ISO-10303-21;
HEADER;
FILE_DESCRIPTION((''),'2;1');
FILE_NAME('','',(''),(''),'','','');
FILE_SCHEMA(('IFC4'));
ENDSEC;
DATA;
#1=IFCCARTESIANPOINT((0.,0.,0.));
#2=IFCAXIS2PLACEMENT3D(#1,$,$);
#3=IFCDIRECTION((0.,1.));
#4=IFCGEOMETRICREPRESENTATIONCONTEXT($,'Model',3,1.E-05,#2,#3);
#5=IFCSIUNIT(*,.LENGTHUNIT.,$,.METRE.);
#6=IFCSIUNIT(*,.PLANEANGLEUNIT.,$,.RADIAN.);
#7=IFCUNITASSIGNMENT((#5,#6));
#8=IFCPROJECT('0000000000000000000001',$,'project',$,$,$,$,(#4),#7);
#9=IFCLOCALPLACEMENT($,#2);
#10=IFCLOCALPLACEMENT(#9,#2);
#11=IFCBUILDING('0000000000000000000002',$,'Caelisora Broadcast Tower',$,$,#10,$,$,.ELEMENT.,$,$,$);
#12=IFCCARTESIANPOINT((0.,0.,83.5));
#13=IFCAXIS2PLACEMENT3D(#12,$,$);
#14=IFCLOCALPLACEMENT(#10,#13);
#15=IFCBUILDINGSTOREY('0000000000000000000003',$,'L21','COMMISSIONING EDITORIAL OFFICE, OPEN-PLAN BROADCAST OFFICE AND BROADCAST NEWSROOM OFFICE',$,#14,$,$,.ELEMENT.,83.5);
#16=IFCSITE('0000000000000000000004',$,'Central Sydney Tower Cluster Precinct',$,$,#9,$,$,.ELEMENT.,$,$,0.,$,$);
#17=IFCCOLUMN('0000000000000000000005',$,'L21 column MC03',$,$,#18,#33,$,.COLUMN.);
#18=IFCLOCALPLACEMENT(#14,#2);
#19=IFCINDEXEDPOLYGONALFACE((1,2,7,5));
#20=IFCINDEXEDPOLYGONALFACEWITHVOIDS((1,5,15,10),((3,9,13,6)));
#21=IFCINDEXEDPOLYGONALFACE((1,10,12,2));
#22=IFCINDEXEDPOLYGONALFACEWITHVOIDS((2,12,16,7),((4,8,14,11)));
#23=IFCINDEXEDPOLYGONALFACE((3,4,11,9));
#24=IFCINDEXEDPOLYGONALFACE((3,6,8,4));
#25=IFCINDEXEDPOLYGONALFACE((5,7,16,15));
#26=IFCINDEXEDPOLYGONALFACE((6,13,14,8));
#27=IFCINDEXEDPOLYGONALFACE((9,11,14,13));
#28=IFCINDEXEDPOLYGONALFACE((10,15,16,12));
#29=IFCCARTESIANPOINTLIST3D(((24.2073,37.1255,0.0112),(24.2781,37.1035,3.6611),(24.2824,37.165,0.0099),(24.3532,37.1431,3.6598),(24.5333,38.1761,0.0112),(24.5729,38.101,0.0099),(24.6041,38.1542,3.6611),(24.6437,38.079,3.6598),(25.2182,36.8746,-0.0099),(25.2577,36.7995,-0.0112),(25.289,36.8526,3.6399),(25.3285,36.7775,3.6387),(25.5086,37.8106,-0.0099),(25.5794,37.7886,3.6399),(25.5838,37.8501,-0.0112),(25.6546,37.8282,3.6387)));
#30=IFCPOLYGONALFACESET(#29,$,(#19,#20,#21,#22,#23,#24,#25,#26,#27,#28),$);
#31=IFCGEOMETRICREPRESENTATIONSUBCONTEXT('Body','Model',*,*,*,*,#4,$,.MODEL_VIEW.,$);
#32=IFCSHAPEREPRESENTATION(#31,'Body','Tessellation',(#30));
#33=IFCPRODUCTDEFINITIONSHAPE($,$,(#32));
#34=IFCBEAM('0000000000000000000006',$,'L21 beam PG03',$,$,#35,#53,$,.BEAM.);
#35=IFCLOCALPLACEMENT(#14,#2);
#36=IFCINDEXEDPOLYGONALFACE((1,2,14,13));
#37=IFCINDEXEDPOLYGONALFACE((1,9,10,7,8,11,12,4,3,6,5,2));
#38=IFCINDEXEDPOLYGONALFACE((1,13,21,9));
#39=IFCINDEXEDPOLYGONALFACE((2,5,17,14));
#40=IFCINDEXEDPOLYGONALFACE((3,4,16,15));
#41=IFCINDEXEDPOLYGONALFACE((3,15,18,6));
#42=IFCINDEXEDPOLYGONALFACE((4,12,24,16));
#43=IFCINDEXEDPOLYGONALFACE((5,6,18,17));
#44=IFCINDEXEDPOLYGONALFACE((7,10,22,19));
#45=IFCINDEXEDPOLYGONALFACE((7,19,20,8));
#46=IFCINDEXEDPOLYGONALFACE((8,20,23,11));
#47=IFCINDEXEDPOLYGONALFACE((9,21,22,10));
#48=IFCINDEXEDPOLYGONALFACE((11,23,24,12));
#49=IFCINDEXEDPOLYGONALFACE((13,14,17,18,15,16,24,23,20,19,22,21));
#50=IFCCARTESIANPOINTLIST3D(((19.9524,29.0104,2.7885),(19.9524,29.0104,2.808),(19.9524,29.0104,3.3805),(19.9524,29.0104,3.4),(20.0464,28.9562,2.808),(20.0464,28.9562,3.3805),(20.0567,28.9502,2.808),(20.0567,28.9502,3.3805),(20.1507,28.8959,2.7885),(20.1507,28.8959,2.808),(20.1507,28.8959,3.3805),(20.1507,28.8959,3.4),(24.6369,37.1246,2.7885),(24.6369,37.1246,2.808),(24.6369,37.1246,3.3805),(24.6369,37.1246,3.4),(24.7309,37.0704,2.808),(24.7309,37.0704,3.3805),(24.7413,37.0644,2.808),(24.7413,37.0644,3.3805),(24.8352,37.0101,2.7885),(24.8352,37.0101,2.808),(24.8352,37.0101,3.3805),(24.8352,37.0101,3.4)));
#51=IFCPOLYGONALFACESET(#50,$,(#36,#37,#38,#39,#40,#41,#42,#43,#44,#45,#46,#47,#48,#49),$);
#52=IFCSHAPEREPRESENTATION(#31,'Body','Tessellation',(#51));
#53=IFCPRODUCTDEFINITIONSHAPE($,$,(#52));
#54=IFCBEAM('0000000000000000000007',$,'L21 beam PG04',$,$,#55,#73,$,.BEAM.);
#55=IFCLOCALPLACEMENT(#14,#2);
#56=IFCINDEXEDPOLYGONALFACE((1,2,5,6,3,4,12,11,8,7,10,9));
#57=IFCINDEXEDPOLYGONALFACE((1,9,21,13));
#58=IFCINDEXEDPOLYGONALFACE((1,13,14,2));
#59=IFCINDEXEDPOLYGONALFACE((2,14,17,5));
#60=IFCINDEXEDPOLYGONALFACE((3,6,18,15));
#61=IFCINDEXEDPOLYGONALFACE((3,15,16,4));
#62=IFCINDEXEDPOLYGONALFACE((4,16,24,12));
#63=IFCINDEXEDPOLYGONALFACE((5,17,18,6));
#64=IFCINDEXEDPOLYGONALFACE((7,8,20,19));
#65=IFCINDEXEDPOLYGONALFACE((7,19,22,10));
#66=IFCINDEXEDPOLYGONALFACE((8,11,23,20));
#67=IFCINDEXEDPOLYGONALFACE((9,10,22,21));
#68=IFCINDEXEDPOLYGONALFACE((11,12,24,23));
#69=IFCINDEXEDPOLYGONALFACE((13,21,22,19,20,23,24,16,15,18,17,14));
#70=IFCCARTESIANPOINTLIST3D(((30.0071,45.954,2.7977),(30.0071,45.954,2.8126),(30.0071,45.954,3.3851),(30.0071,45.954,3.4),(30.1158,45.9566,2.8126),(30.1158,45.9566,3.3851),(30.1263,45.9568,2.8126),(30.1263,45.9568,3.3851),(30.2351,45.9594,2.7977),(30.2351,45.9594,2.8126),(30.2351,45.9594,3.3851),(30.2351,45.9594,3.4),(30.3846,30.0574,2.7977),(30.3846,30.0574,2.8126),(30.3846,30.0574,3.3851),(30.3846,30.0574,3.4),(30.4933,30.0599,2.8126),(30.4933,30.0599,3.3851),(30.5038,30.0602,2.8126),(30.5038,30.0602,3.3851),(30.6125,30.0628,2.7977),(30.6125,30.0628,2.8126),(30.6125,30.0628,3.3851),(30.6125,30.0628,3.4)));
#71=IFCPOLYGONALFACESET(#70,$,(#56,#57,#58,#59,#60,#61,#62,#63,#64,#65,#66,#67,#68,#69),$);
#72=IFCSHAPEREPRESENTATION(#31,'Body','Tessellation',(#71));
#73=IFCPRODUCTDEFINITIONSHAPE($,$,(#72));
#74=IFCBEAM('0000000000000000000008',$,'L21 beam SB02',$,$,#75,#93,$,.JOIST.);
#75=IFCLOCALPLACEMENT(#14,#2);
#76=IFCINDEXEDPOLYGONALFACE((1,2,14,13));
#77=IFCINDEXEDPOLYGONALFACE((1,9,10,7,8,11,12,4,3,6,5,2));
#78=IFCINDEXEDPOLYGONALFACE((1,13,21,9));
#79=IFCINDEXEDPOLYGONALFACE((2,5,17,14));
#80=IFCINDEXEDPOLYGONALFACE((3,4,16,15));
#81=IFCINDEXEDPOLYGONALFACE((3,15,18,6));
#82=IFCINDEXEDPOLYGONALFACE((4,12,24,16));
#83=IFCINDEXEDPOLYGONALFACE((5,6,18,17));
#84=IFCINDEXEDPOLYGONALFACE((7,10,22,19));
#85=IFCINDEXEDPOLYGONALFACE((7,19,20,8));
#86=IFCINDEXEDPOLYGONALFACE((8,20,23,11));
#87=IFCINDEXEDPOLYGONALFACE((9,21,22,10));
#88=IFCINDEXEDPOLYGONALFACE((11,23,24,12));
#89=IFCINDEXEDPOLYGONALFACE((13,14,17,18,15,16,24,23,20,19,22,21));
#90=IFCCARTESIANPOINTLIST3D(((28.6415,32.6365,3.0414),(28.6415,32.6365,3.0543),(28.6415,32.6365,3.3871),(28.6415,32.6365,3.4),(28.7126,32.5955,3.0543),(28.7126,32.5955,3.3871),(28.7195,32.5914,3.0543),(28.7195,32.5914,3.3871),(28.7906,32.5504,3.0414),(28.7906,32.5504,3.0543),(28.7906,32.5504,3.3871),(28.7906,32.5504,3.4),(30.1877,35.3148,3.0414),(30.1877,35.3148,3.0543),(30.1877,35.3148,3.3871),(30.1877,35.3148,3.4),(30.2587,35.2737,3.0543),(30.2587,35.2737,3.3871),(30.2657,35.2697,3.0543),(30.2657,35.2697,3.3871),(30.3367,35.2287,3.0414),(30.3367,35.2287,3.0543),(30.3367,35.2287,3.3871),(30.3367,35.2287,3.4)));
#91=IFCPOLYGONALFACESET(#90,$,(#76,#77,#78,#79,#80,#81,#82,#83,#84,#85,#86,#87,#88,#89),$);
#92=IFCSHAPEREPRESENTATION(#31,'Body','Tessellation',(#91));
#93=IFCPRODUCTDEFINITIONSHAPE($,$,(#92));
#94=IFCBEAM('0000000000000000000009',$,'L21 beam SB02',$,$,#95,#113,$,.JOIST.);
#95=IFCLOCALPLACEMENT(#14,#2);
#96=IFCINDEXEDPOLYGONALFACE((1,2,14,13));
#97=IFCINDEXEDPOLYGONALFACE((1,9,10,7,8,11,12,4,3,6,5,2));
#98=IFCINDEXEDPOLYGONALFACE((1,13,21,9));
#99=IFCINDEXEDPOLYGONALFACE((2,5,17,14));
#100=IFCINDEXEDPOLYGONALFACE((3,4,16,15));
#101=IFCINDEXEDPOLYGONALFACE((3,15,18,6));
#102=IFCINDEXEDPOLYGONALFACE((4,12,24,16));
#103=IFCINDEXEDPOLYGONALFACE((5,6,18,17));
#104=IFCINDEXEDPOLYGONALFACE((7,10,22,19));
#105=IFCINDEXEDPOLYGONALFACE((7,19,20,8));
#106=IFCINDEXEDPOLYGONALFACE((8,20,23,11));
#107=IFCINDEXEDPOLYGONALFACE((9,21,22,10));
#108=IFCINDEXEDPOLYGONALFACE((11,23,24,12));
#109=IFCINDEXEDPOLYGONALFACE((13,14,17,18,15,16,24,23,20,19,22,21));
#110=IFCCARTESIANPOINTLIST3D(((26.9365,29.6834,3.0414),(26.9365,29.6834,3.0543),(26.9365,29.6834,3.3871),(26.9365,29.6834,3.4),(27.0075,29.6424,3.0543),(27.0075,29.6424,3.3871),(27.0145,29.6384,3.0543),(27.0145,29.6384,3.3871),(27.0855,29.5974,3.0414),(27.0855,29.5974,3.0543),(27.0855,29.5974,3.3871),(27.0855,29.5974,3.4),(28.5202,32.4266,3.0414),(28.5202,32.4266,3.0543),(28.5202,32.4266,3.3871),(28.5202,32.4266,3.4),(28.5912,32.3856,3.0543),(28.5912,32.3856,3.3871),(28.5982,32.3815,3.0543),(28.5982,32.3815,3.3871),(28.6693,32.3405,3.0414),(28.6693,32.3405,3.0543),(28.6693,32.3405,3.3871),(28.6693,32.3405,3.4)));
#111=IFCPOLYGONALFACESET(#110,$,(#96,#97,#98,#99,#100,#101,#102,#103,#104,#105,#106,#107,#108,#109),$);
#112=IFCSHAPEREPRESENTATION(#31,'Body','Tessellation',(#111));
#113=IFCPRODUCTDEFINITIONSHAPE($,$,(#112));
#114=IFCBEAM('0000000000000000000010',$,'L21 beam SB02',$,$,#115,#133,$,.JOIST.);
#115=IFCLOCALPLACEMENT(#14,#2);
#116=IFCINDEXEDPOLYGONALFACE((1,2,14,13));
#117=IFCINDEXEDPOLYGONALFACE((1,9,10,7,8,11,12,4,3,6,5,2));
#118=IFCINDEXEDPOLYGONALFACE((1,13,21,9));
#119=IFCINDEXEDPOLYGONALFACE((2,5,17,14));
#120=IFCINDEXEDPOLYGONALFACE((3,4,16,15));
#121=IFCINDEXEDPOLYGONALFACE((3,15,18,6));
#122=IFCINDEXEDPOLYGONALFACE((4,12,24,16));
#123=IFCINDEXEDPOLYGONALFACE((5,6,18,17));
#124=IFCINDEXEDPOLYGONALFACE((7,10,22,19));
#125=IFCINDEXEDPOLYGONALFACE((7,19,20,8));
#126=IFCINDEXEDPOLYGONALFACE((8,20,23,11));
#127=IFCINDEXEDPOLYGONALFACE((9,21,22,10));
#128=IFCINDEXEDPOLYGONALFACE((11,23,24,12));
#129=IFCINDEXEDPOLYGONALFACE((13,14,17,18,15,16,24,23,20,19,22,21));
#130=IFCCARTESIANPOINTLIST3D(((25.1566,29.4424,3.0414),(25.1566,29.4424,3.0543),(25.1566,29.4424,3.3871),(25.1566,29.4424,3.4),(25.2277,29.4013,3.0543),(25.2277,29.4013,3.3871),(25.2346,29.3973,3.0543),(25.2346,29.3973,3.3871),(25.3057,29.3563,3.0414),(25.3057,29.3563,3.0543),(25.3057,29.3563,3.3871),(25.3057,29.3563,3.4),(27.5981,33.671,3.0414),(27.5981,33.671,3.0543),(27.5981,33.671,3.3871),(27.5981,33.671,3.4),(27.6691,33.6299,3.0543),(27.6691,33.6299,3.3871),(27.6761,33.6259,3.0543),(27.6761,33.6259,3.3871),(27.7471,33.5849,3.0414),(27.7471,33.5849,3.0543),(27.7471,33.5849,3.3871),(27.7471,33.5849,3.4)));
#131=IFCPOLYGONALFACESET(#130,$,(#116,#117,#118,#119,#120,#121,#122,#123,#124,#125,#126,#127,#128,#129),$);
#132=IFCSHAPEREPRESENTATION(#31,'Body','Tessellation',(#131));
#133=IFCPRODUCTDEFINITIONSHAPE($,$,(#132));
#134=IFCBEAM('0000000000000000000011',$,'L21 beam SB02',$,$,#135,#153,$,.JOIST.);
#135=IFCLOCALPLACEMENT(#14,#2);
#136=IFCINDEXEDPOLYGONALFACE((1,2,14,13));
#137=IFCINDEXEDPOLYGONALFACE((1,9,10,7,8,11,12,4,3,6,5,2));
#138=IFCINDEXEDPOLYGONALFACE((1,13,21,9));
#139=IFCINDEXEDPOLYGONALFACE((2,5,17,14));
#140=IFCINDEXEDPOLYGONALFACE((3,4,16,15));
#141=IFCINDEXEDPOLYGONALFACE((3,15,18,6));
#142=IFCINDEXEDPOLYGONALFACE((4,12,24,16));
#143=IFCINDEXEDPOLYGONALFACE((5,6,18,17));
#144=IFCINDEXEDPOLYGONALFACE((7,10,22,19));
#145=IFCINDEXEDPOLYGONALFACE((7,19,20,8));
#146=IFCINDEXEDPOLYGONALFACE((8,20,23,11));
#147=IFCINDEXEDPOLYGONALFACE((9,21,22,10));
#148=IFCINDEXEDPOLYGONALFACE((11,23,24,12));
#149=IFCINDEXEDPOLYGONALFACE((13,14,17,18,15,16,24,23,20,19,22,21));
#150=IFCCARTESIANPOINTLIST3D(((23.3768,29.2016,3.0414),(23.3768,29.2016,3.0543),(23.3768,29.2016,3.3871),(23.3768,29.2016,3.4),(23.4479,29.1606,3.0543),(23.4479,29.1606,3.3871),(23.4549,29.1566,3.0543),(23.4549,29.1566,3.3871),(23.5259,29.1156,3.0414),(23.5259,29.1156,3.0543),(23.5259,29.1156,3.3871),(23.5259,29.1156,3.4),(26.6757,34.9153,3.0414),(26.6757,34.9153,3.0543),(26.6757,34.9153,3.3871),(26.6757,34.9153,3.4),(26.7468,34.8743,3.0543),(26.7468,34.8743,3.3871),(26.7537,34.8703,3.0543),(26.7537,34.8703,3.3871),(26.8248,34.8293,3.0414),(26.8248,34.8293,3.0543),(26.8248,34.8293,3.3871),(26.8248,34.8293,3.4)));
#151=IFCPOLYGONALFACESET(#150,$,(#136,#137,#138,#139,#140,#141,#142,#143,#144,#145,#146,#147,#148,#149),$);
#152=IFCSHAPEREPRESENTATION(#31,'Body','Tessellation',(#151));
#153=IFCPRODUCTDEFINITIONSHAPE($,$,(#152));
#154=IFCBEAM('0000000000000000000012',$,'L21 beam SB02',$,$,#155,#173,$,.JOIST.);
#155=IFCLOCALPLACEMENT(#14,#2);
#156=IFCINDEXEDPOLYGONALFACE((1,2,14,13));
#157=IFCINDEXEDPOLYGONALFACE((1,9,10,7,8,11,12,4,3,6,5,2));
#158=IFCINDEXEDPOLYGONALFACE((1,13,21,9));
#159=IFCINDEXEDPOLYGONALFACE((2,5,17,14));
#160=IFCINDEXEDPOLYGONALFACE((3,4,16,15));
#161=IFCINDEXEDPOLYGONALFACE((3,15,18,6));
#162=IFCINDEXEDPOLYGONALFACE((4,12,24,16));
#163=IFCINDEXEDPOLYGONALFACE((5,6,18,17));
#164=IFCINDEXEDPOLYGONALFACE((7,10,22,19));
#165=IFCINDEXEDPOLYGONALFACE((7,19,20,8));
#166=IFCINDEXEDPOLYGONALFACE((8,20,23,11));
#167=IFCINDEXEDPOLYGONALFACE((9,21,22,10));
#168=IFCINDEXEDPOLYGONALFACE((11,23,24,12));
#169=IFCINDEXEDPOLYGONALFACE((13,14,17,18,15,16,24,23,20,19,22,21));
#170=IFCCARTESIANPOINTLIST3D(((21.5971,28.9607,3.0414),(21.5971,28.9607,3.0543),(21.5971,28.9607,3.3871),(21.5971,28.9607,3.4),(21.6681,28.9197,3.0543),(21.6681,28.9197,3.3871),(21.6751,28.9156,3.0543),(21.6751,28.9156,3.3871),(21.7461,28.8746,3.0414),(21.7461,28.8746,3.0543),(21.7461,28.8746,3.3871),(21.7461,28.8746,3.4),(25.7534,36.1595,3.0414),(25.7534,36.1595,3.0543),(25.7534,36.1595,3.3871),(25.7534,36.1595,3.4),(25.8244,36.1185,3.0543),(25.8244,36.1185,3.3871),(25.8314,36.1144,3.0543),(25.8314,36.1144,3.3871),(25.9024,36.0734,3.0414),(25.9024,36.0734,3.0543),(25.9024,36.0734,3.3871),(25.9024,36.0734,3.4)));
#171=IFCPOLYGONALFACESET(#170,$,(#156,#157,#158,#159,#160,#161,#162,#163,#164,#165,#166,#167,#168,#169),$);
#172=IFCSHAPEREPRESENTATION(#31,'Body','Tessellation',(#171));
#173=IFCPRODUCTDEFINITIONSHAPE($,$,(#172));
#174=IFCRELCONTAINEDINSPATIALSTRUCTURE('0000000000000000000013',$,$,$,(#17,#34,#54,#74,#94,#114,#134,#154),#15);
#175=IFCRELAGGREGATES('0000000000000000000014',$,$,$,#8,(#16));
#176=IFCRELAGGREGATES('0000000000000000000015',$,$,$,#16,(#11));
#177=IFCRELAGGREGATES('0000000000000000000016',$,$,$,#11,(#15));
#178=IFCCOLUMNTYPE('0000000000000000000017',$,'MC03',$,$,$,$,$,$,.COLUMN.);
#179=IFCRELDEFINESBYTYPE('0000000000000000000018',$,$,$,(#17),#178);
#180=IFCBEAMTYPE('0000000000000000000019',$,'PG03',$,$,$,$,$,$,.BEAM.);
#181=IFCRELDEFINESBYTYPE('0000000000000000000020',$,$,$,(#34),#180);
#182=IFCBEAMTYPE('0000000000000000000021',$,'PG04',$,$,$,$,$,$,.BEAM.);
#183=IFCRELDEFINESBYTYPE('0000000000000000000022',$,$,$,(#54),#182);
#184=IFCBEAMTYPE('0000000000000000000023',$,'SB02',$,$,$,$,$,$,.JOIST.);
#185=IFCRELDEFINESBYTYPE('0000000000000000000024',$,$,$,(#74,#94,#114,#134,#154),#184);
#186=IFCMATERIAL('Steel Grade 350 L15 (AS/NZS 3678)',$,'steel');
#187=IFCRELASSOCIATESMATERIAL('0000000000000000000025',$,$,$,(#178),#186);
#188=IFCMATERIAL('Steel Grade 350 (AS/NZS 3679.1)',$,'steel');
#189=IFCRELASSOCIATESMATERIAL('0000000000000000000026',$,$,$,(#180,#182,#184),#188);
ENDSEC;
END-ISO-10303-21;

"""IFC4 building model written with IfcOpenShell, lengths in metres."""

from ifc_helpers import new_model, si_unit, direction, frame, origin, origin_2d, place, context, subcontext, project, spatial, hollow_rectangle, i_section, extrude, source, transform, mapped, material, material_profile, profile_set, type_object, type_shapes, element, save


model = new_model("IFC4")

# Units and contexts
model_context = context("Model", 3, precision=1e-05, world=origin(), true_north=direction((0.0, 1.0)))
body_context = subcontext(model_context, "Body", "Model", "MODEL_VIEW")
ifc_project = project(units=[si_unit("LENGTHUNIT", "METRE"), si_unit("PLANEANGLEUNIT", "RADIAN")], contexts=[model_context])

# Site, building, storey
site_placement = place(None, origin())
site = spatial("IfcSite", under=ifc_project, at=site_placement, Name="Central Sydney Tower Cluster Precinct", CompositionType="ELEMENT", RefElevation=0.0)
building_placement = place(site_placement, origin())
building = spatial("IfcBuilding", under=site, at=building_placement, Name="Caelisora Broadcast Tower", CompositionType="ELEMENT")
storey_placement = place(building_placement, frame((0.0, 0.0, 83.5)))
storey = spatial("IfcBuildingStorey", under=building, at=storey_placement, Name="L21", Description="COMMISSIONING EDITORIAL OFFICE, OPEN-PLAN BROADCAST OFFICE AND BROADCAST NEWSROOM OFFICE", CompositionType="ELEMENT", Elevation=83.5)

# Column
ifc_material_1 = material(Name="Steel Grade 350 L15 (AS/NZS 3678)", Category="steel")
ifc_material_profile_1 = material_profile(ifc_material_1, hollow_rectangle(XDim=1.1001, YDim=1.1001, WallThickness=0.0601, at=origin_2d()), Name="Steel Grade 350 L15 (AS/NZS 3678)")
ifc_profile_set_1 = profile_set([ifc_material_profile_1], Name="Steel Grade 350 L15 (AS/NZS 3678)")
column_type = type_object("IfcColumnType", Name="MC03", PredefinedType="COLUMN", material=ifc_profile_set_1)
shared_shape_1 = source(origin(), body_context, "Body", "SweptSolid", [
    extrude(hollow_rectangle(XDim=1.1001, YDim=1.1001, WallThickness=0.0601, at=origin_2d()), origin(), (0.0, 0.0, 1.0), 3.6506),
])
type_shapes(column_type, [shared_shape_1])
column_placement = place(storey_placement, frame((24.8955, 37.4878, 0.0), z_axis=(0.019394, -0.006019, 0.999794), x_axis=(0.296399, 0.955064, 0.0)))
element("IfcColumn", 1, at=column_placement, inside=storey, type_object=column_type, Name="L21 column MC03", PredefinedType="COLUMN", context=body_context, shape_type="MappedRepresentation", body=[
    mapped(shared_shape_1, transform((0.0, 0.0, 0.0), scale=1.0)),
])

# Beams
ifc_material_2 = material(Name="Steel Grade 350 (AS/NZS 3679.1)", Category="steel")
ifc_material_profile_2 = material_profile(ifc_material_2, i_section(OverallWidth=0.229, OverallDepth=0.6116, WebThickness=0.012, FlangeThickness=0.0195, at=origin_2d()), Name="Steel Grade 350 (AS/NZS 3679.1)")
ifc_profile_set_2 = profile_set([ifc_material_profile_2], Name="Steel Grade 350 (AS/NZS 3679.1)")
beam_type_1 = type_object("IfcBeamType", Name="PG03", PredefinedType="BEAM", material=ifc_profile_set_2)
shared_shape_2 = source(origin(), body_context, "Body", "SweptSolid", [
    extrude(i_section(OverallWidth=0.229, OverallDepth=0.6116, WebThickness=0.012, FlangeThickness=0.0195, at=origin_2d()), origin(), (0.0, 0.0, 1.0), 9.3694),
])
type_shapes(beam_type_1, [shared_shape_2])
beam_1_placement = place(storey_placement, frame((24.7361, 37.0674, 3.0942), z_axis=(-0.499984, -0.866035, 0.0), x_axis=(0.866035, -0.499984, 0.0)))
element("IfcBeam", 2, at=beam_1_placement, inside=storey, type_object=beam_type_1, Name="L21 beam PG03", PredefinedType="BEAM", context=body_context, shape_type="MappedRepresentation", body=[
    mapped(shared_shape_2, transform((0.0, 0.0, 0.0), scale=1.0)),
])
ifc_material_profile_3 = material_profile(ifc_material_2, i_section(OverallWidth=0.228, OverallDepth=0.6023, WebThickness=0.0105, FlangeThickness=0.0149, at=origin_2d()), Name="Steel Grade 350 (AS/NZS 3679.1)")
ifc_profile_set_3 = profile_set([ifc_material_profile_3], Name="Steel Grade 350 (AS/NZS 3679.1)")
beam_type_2 = type_object("IfcBeamType", Name="PG04", PredefinedType="BEAM", material=ifc_profile_set_3)
shared_shape_3 = source(origin(), body_context, "Body", "SweptSolid", [
    extrude(i_section(OverallWidth=0.228, OverallDepth=0.6023, WebThickness=0.0105, FlangeThickness=0.0149, at=origin_2d()), origin(), (0.0, 0.0, 1.0), 15.9011),
])
type_shapes(beam_type_2, [shared_shape_3])
beam_2_placement = place(storey_placement, frame((30.4985, 30.0601, 3.0989), z_axis=(-0.023737, 0.999718, 0.0), x_axis=(-0.999718, -0.023737, 0.0)))
element("IfcBeam", 3, at=beam_2_placement, inside=storey, type_object=beam_type_2, Name="L21 beam PG04", PredefinedType="BEAM", context=body_context, shape_type="MappedRepresentation", body=[
    mapped(shared_shape_3, transform((0.0, 0.0, 0.0), scale=1.0)),
])
ifc_material_profile_4 = material_profile(ifc_material_2, i_section(OverallWidth=0.1721, OverallDepth=0.3586, WebThickness=0.0081, FlangeThickness=0.0129, at=origin_2d()), Name="Steel Grade 350 (AS/NZS 3679.1)")
ifc_profile_set_4 = profile_set([ifc_material_profile_4], Name="Steel Grade 350 (AS/NZS 3679.1)")
beam_type_3 = type_object("IfcBeamType", Name="SB02", PredefinedType="JOIST", material=ifc_profile_set_4)
shared_shape_4 = source(origin(), body_context, "Body", "SweptSolid", [
    extrude(i_section(OverallWidth=0.1721, OverallDepth=0.3586, WebThickness=0.0081, FlangeThickness=0.0129, at=origin_2d()), origin(), (0.0, 0.0, 1.0), 3.0925),
])
beam_3_placement = place(storey_placement, frame((30.2622, 35.2717, 3.2207), z_axis=(-0.499968, -0.866044, 0.0), x_axis=(0.866044, -0.499968, 0.0)))
element("IfcBeam", 4, at=beam_3_placement, inside=storey, type_object=beam_type_3, Name="L21 beam SB02", PredefinedType="JOIST", context=body_context, shape_type="MappedRepresentation", body=[
    mapped(shared_shape_4, transform((0.0, 0.0, 0.0), scale=1.0)),
])
shared_shape_5 = source(origin(), body_context, "Body", "SweptSolid", [
    extrude(i_section(OverallWidth=0.1721, OverallDepth=0.3586, WebThickness=0.0081, FlangeThickness=0.0129, at=origin_2d()), origin(), (0.0, 0.0, 1.0), 3.1675),
])
beam_4_placement = place(storey_placement, frame((28.5947, 32.3835, 3.2207), z_axis=(-0.499994, -0.866029, 0.0), x_axis=(0.866029, -0.499994, 0.0)))
element("IfcBeam", 5, at=beam_4_placement, inside=storey, type_object=beam_type_3, Name="L21 beam SB02", PredefinedType="JOIST", context=body_context, shape_type="MappedRepresentation", body=[
    mapped(shared_shape_5, transform((0.0, 0.0, 0.0), scale=1.0)),
])
shared_shape_6 = source(origin(), body_context, "Body", "SweptSolid", [
    extrude(i_section(OverallWidth=0.1721, OverallDepth=0.3586, WebThickness=0.0081, FlangeThickness=0.0129, at=origin_2d()), origin(), (0.0, 0.0, 1.0), 4.8828),
])
beam_5_placement = place(storey_placement, frame((27.6726, 33.6279, 3.2207), z_axis=(-0.500011, -0.866019, 0.0), x_axis=(0.866019, -0.500011, 0.0)))
element("IfcBeam", 6, at=beam_5_placement, inside=storey, type_object=beam_type_3, Name="L21 beam SB02", PredefinedType="JOIST", context=body_context, shape_type="MappedRepresentation", body=[
    mapped(shared_shape_6, transform((0.0, 0.0, 0.0), scale=1.0)),
])
shared_shape_7 = source(origin(), body_context, "Body", "SweptSolid", [
    extrude(i_section(OverallWidth=0.1721, OverallDepth=0.3586, WebThickness=0.0081, FlangeThickness=0.0129, at=origin_2d()), origin(), (0.0, 0.0, 1.0), 6.5977),
])
beam_6_placement = place(storey_placement, frame((26.7502, 34.8723, 3.2207), z_axis=(-0.500008, -0.866021, 0.0), x_axis=(0.866021, -0.500008, 0.0)))
element("IfcBeam", 7, at=beam_6_placement, inside=storey, type_object=beam_type_3, Name="L21 beam SB02", PredefinedType="JOIST", context=body_context, shape_type="MappedRepresentation", body=[
    mapped(shared_shape_7, transform((0.0, 0.0, 0.0), scale=1.0)),
])
shared_shape_8 = source(origin(), body_context, "Body", "SweptSolid", [
    extrude(i_section(OverallWidth=0.1721, OverallDepth=0.3586, WebThickness=0.0081, FlangeThickness=0.0129, at=origin_2d()), origin(), (0.0, 0.0, 1.0), 8.3125),
])
type_shapes(beam_type_3, [shared_shape_4, shared_shape_5, shared_shape_6, shared_shape_7, shared_shape_8])
beam_7_placement = place(storey_placement, frame((25.8279, 36.1165, 3.2207), z_axis=(-0.500006, -0.866022, 0.0), x_axis=(0.866022, -0.500006, 0.0)))
element("IfcBeam", 8, at=beam_7_placement, inside=storey, type_object=beam_type_3, Name="L21 beam SB02", PredefinedType="JOIST", context=body_context, shape_type="MappedRepresentation", body=[
    mapped(shared_shape_8, transform((0.0, 0.0, 0.0), scale=1.0)),
])

save(model, "model.ifc")
